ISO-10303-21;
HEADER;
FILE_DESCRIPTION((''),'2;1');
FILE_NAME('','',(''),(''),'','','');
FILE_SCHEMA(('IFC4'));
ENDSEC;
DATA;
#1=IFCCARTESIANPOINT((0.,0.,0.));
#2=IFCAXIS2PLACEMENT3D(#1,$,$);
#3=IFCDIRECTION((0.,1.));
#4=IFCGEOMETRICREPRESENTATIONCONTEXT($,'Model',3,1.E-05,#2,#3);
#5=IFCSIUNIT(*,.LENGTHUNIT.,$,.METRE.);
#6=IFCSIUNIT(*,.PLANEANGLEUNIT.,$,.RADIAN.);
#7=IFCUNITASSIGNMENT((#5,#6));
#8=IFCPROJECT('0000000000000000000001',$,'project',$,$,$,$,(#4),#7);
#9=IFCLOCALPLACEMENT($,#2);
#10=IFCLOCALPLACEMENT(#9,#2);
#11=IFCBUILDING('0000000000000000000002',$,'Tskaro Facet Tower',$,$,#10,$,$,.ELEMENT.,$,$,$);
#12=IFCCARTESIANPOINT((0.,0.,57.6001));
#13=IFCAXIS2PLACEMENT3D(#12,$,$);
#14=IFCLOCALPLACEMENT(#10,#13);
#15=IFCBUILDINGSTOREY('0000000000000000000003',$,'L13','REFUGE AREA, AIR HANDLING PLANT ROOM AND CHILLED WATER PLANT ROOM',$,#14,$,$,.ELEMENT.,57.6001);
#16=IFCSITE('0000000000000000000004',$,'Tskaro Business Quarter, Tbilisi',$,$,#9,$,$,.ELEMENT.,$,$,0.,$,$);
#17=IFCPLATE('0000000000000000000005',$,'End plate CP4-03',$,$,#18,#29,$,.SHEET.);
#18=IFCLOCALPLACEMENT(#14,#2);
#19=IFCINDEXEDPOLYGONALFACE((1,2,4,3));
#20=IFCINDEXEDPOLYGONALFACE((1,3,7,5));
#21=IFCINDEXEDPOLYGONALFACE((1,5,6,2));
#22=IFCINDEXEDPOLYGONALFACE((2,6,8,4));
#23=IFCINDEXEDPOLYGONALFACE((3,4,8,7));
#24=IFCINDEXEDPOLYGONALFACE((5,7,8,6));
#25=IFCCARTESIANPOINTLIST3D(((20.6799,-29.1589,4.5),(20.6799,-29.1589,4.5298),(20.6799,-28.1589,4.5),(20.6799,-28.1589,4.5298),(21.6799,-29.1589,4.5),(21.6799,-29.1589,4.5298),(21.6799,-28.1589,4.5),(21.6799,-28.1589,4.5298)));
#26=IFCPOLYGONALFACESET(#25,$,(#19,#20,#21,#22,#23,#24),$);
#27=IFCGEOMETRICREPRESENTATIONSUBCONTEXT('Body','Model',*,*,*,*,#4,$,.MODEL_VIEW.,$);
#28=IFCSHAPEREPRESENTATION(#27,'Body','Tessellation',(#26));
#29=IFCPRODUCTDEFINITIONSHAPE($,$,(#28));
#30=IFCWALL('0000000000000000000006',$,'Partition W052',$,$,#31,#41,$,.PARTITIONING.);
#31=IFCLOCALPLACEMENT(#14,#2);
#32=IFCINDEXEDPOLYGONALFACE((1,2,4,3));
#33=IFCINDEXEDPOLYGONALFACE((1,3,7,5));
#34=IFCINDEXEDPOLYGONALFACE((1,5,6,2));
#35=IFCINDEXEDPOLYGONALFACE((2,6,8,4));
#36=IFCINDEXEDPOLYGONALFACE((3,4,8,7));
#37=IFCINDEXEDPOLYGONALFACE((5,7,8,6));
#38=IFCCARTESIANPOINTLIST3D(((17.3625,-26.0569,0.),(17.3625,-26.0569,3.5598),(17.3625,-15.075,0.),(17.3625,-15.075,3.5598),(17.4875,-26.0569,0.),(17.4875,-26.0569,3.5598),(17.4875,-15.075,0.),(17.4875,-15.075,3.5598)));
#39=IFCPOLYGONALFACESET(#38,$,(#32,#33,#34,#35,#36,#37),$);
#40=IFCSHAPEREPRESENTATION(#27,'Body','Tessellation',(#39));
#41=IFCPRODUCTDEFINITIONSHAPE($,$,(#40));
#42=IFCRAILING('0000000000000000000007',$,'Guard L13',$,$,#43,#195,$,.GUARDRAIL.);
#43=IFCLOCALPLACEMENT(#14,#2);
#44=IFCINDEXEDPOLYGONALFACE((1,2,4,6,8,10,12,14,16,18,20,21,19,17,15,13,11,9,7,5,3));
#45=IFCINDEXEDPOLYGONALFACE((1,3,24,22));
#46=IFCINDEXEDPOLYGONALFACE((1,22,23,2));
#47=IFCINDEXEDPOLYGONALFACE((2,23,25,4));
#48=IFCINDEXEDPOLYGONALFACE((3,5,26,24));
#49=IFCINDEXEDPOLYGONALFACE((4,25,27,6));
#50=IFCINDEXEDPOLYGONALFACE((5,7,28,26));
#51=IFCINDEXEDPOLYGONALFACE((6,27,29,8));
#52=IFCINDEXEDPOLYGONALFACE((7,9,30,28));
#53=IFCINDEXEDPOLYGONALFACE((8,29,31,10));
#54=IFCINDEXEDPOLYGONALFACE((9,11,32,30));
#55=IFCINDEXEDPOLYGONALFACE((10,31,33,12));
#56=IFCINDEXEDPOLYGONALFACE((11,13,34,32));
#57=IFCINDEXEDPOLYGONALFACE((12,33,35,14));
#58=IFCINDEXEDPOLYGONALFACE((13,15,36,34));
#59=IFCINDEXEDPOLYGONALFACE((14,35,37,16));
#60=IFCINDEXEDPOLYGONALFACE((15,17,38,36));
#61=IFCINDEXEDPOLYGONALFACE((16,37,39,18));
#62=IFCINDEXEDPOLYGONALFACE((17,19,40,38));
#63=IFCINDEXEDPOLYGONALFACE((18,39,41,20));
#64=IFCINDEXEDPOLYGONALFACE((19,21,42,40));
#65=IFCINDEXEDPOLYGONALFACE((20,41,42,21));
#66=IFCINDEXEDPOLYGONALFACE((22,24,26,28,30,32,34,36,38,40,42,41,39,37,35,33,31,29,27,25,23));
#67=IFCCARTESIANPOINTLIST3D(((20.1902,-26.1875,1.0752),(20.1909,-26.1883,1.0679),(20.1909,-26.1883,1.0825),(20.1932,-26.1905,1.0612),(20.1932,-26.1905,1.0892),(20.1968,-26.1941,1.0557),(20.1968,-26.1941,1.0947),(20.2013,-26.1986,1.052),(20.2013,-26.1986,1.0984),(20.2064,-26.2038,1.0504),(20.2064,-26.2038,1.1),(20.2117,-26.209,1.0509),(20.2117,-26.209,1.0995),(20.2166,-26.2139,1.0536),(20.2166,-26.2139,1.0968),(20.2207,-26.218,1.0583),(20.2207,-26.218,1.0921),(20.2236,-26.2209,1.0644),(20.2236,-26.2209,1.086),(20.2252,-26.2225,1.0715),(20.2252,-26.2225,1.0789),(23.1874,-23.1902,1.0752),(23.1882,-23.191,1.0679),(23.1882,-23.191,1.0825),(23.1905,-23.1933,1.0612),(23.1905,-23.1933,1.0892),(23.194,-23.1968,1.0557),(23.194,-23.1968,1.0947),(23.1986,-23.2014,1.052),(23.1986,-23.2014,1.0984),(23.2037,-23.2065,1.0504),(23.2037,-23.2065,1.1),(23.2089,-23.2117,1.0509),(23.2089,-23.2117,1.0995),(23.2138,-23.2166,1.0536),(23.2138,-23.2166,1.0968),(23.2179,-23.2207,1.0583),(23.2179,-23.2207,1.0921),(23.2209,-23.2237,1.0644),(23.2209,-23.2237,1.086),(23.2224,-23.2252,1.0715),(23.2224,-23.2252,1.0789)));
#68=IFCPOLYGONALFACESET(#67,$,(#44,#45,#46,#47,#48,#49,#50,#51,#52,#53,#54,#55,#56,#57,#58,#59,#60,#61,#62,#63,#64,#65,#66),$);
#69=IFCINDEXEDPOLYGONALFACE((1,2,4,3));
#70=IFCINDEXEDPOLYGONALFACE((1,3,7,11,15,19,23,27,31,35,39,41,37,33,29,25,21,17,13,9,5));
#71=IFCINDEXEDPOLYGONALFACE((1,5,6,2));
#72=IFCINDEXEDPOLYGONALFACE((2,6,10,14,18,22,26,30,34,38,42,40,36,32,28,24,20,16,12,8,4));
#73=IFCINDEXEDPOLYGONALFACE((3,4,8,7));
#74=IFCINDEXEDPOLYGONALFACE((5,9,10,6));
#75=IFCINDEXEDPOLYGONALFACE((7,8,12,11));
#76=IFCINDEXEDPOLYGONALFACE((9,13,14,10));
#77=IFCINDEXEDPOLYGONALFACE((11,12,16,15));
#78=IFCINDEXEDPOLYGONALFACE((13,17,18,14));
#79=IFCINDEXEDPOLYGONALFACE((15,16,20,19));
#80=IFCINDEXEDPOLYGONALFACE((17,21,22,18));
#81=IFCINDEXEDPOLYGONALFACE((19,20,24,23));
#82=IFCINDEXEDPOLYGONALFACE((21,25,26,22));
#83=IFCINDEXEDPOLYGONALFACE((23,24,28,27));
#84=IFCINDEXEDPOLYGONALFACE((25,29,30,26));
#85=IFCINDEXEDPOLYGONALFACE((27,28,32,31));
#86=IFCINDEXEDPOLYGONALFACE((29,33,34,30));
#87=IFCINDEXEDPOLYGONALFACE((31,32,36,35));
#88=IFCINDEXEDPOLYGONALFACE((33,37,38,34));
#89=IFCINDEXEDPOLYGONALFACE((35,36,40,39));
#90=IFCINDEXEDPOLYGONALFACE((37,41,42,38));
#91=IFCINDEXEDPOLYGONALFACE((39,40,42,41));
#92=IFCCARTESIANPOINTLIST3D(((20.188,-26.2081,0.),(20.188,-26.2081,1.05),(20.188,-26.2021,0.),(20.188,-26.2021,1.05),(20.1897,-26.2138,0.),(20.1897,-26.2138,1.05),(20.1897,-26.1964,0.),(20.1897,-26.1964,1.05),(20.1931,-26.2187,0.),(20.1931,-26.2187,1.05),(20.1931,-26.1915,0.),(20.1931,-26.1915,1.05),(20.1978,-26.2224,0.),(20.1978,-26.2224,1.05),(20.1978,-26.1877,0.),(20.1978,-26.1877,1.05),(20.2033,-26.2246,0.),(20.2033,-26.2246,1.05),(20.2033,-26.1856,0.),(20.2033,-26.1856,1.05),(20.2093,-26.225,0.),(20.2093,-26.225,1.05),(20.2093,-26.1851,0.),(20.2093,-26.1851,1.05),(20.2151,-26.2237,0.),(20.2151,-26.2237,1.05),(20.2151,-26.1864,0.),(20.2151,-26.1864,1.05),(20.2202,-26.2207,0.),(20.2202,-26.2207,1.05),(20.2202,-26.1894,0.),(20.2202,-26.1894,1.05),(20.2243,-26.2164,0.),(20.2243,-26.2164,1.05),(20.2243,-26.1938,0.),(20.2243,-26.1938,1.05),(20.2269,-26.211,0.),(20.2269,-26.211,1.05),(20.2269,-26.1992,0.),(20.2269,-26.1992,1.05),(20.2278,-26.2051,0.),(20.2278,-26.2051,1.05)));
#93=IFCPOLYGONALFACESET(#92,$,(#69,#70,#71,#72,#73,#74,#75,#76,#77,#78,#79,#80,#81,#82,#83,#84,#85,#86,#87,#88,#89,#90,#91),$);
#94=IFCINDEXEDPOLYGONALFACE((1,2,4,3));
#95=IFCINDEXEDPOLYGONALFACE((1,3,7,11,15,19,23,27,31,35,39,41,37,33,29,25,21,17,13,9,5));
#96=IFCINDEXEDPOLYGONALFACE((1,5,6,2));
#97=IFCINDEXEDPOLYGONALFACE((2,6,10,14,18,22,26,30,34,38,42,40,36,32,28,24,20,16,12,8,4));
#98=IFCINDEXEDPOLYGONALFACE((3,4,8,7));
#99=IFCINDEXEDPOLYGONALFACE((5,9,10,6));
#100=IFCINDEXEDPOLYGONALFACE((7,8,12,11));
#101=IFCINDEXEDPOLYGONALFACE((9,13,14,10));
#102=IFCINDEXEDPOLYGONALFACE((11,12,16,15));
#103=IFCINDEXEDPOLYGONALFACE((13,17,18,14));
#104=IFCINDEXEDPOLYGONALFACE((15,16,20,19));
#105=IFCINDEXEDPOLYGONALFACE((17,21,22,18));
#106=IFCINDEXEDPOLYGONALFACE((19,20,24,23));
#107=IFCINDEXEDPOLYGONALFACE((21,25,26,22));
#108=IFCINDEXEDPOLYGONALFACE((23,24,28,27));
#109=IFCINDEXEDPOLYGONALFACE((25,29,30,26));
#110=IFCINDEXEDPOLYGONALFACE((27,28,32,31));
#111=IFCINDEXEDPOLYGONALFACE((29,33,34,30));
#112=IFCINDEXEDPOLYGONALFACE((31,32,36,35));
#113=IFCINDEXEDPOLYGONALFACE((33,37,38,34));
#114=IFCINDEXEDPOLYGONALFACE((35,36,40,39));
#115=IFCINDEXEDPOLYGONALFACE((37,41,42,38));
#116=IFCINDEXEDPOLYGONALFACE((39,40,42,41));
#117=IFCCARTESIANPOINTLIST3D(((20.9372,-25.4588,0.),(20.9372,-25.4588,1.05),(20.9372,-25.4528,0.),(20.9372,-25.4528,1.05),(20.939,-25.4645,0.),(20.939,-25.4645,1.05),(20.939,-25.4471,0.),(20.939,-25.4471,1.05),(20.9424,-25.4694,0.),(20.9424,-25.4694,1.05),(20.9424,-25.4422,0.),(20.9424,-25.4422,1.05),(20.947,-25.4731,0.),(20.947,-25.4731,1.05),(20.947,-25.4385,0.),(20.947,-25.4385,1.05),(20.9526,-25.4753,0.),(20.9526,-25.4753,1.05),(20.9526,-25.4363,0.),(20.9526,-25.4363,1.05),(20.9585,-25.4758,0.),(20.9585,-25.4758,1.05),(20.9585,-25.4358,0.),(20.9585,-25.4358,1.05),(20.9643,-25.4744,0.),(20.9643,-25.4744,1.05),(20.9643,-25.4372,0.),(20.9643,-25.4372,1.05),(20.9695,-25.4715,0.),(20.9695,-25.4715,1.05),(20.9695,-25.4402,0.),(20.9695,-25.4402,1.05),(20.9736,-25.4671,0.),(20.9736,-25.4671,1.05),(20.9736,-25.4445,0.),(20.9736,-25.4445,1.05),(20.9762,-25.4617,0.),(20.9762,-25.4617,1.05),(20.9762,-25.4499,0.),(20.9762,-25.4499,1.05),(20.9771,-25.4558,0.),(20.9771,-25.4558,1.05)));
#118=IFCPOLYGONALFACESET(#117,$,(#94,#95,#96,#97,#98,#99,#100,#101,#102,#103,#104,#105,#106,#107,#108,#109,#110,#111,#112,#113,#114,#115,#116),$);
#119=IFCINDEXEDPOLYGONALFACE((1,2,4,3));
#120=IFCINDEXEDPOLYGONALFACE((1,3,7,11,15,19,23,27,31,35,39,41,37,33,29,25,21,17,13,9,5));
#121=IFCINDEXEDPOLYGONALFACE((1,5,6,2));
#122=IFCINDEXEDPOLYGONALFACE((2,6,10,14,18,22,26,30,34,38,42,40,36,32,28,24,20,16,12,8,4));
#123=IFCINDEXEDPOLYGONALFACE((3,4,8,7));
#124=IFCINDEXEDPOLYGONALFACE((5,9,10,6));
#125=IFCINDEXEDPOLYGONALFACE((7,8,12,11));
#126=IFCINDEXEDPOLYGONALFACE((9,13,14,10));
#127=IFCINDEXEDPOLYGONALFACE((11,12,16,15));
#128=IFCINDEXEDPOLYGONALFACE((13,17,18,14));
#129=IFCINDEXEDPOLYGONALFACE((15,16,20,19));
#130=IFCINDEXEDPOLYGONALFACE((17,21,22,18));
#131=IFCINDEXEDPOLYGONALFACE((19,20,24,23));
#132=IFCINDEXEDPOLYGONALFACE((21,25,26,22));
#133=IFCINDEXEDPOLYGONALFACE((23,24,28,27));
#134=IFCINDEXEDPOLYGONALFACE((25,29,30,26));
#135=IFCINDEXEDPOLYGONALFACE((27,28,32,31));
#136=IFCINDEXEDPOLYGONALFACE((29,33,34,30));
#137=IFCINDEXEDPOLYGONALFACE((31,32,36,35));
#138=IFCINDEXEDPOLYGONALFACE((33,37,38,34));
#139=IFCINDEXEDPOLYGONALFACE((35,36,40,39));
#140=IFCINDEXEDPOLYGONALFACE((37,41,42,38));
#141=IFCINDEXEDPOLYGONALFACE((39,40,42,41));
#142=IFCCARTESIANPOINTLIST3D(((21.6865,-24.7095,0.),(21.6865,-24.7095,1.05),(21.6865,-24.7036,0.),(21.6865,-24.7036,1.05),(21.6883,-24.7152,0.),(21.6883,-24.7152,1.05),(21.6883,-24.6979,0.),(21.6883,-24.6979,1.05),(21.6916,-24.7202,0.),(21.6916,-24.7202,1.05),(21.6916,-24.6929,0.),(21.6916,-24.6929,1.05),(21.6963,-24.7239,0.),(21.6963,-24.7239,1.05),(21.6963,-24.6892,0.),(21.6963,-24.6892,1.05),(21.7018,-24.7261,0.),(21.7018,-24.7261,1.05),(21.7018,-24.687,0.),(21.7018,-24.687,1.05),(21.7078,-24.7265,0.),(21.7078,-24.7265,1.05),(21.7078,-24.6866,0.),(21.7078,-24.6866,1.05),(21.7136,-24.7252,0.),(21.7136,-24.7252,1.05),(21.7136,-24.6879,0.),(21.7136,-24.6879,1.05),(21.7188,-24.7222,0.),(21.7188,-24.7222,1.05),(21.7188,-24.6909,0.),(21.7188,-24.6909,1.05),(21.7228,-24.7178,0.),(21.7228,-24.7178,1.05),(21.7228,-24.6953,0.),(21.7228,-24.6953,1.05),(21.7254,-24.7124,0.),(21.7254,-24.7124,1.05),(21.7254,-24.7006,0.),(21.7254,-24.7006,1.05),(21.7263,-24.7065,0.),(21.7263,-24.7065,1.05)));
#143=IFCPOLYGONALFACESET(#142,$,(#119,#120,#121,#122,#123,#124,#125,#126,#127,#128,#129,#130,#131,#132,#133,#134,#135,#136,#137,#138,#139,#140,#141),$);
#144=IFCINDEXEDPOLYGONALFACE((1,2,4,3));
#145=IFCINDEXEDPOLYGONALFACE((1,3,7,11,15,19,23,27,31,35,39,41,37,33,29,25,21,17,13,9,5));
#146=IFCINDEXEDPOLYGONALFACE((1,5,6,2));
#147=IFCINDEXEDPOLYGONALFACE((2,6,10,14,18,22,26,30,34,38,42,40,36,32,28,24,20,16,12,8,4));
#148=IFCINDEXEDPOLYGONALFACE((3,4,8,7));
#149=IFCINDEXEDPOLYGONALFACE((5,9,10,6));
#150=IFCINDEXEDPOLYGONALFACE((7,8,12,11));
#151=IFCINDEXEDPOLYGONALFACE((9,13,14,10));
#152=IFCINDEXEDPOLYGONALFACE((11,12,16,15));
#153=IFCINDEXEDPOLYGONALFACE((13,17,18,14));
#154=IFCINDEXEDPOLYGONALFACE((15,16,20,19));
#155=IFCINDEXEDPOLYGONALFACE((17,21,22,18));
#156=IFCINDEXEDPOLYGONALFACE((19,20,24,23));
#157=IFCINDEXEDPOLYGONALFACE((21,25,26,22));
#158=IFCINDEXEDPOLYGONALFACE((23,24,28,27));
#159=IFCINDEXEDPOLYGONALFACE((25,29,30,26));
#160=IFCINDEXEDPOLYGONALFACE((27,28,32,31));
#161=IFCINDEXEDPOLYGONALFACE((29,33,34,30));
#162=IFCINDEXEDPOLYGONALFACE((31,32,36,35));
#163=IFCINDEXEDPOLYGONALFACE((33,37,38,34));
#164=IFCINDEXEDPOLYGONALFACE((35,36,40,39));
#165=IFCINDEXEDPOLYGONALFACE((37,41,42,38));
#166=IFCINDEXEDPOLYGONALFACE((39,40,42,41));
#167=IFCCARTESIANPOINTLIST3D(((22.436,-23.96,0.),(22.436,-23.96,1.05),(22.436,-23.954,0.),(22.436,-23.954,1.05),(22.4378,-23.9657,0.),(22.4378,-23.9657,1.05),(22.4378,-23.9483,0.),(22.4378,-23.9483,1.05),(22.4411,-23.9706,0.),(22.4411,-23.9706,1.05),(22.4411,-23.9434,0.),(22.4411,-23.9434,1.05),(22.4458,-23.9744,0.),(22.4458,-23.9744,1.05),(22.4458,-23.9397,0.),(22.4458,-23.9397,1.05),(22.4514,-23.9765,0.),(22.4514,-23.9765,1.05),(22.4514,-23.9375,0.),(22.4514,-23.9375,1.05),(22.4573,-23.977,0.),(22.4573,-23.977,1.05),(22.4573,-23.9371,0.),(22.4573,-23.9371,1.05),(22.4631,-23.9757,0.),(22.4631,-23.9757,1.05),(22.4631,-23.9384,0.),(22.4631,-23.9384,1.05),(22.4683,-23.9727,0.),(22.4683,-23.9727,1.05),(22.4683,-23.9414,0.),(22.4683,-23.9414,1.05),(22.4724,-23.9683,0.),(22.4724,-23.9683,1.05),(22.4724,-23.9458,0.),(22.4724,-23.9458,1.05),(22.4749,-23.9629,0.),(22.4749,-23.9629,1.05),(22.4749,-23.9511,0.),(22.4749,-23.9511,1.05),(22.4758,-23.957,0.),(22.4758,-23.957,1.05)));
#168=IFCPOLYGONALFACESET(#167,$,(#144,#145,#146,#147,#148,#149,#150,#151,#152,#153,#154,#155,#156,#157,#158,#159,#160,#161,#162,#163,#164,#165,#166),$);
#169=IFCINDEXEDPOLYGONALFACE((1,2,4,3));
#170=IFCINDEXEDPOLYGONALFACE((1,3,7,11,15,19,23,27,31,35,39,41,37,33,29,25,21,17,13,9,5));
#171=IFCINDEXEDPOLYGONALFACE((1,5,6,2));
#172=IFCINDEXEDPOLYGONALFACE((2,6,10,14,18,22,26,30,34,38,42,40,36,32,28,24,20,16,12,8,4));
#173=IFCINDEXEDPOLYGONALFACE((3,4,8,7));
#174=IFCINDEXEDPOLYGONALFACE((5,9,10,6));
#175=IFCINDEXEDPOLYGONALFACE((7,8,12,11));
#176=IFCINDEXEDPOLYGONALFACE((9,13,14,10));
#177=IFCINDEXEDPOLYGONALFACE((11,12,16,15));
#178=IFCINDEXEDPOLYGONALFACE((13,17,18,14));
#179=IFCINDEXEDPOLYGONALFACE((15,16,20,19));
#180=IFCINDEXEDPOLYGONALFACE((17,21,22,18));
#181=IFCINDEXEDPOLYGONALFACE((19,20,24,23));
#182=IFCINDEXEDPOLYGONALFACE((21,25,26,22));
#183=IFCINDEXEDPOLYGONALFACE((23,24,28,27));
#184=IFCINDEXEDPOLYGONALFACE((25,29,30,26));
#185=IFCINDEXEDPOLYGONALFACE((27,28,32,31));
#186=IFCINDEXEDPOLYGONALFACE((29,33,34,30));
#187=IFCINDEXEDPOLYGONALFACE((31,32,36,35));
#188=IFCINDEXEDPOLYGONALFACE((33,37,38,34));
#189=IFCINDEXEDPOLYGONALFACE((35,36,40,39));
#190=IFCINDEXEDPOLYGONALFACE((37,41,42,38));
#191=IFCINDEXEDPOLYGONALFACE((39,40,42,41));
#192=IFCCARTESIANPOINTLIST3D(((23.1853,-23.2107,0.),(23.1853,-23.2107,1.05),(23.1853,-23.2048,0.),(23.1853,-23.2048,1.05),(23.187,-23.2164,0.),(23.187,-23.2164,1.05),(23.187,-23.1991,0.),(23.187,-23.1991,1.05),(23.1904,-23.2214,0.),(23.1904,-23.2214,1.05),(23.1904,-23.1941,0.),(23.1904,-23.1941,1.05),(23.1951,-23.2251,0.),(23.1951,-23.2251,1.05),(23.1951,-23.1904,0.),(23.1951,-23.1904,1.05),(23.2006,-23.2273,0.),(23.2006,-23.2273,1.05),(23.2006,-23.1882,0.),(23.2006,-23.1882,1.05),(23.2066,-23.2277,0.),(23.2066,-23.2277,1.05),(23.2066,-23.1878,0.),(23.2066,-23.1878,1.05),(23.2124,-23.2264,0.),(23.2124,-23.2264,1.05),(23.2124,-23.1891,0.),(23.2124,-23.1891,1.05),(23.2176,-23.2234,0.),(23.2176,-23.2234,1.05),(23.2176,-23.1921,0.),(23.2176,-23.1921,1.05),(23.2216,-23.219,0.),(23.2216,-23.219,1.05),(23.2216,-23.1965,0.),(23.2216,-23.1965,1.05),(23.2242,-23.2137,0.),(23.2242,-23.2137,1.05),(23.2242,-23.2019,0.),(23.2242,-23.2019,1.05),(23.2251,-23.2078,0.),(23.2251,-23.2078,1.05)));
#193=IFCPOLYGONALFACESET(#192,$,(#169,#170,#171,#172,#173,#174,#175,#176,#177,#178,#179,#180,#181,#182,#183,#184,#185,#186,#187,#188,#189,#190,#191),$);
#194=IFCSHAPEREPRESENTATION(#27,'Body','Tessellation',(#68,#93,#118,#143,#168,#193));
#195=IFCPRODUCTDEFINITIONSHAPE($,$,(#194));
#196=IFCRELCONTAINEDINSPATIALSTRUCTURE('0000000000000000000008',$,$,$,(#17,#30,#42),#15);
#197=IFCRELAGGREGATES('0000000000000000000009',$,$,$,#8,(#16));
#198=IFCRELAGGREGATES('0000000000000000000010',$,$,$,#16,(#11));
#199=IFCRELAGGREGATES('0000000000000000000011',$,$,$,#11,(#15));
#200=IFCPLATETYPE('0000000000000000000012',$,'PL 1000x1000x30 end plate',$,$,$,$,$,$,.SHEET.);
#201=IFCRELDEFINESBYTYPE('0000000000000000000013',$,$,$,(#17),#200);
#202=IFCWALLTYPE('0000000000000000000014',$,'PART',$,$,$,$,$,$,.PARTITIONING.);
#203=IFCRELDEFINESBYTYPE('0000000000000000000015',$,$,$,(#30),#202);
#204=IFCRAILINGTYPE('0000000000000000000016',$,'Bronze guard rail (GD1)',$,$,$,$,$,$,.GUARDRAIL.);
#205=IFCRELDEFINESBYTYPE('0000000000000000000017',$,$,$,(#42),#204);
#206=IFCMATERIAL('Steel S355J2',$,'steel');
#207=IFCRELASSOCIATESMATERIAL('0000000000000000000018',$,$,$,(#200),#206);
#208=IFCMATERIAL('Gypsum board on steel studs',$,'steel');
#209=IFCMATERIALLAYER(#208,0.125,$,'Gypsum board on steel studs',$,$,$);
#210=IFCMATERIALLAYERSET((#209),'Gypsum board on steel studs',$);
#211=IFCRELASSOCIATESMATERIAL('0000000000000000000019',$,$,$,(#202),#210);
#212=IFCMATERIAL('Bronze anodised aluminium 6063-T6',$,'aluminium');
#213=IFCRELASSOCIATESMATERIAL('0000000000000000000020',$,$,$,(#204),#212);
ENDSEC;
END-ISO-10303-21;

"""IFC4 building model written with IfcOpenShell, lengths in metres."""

from ifc_helpers import new_model, si_unit, direction, frame, frame_2d, origin, origin_2d, place, context, subcontext, project, spatial, rectangle, circle, extrude, material, layer, layer_set, material_profile, profile_set, type_object, element, save


model = new_model("IFC4")

# Units and contexts
model_context = context("Model", 3, precision=1e-05, world=origin(), true_north=direction((0.0, 1.0)))
body_context = subcontext(model_context, "Body", "Model", "MODEL_VIEW")
ifc_project = project(units=[si_unit("LENGTHUNIT", "METRE"), si_unit("PLANEANGLEUNIT", "RADIAN")], contexts=[model_context])

# Site, building, storey
site_placement = place(None, origin())
site = spatial("IfcSite", under=ifc_project, at=site_placement, Name="Tskaro Business Quarter, Tbilisi", CompositionType="ELEMENT", RefElevation=0.0)
building_placement = place(site_placement, origin())
building = spatial("IfcBuilding", under=site, at=building_placement, Name="Tskaro Facet Tower", CompositionType="ELEMENT")
storey_placement = place(building_placement, frame((0.0, 0.0, 57.6001)))
storey = spatial("IfcBuildingStorey", under=building, at=storey_placement, Name="L13", Description="REFUGE AREA, AIR HANDLING PLANT ROOM AND CHILLED WATER PLANT ROOM", CompositionType="ELEMENT", Elevation=57.6001)

# Shared definitions
ifc_material_1 = material(Name="Steel S355J2", Category="steel")

# Plate
ifc_material_profile_1 = material_profile(ifc_material_1, rectangle(XDim=1.0, YDim=1.0, at=origin_2d()), Name="PL 1000x1000x30 end plate")
ifc_profile_set_1 = profile_set([ifc_material_profile_1], Name="Steel S355J2")
plate_type = type_object("IfcPlateType", Name="PL 1000x1000x30 end plate", PredefinedType="SHEET", material=ifc_profile_set_1)
plate_placement = place(storey_placement, frame((21.1799, -28.6589, 4.5), z_axis=(0.0, 0.0, 1.0), x_axis=(1.0, 0.0, 0.0)))
element("IfcPlate", 1, at=plate_placement, inside=storey, type_object=plate_type, Name="End plate CP4-03", PredefinedType="SHEET", context=body_context, shape_type="SweptSolid", body=[
    extrude(rectangle(XDim=1.0, YDim=1.0, at=origin_2d()), origin(), (0.0, 0.0, 1.0), 0.0298),
])

# Wall
ifc_material_2 = material(Name="Gypsum board on steel studs", Category="steel")
ifc_layer = layer(ifc_material_2, 0.125, Name="Gypsum board on steel studs")
ifc_layer_set = layer_set([ifc_layer], Name="Gypsum board on steel studs")
wall_type = type_object("IfcWallType", Name="PART", PredefinedType="PARTITIONING", material=ifc_layer_set)
wall_placement = place(storey_placement, frame((17.425, -26.0569, 0.0), z_axis=(0.0, 0.0, 1.0), x_axis=(0.0, 1.0, 0.0)))
element("IfcWall", 2, at=wall_placement, inside=storey, type_object=wall_type, Name="Partition W052", PredefinedType="PARTITIONING", context=body_context, shape_type="SweptSolid", body=[
    extrude(rectangle(XDim=10.9819, YDim=0.125, at=frame_2d((5.491, 0.0))), origin(), (0.0, 0.0, 1.0), 3.5598),
])

# Railing
ifc_material_3 = material(Name="Bronze anodised aluminium 6063-T6", Category="aluminium")
railing_type = type_object("IfcRailingType", Name="Bronze guard rail (GD1)", PredefinedType="GUARDRAIL", material=ifc_material_3)
railing_placement = place(storey_placement, frame((20.2078, -26.2051, 0.0)))
element("IfcRailing", 3, at=railing_placement, inside=storey, type_object=railing_type, Name="Guard L13", PredefinedType="GUARDRAIL", context=body_context, shape_type="SweptSolid", body=[
    extrude(circle(Radius=0.0249, at=origin_2d()), frame((0.0, 0.0, 1.0752), z_axis=(0.707107, 0.707107, 0.0), x_axis=(-0.707107, 0.707107, 0.0)), (0.0, 0.0, 1.0), 4.2388),
    extrude(circle(Radius=0.02, at=origin_2d()), origin(), (0.0, 0.0, 1.0), 1.05),
    extrude(circle(Radius=0.02, at=origin_2d()), frame((0.7493, 0.7493, 0.0)), (0.0, 0.0, 1.0), 1.05),
    extrude(circle(Radius=0.02, at=origin_2d()), frame((1.4985, 1.4985, 0.0)), (0.0, 0.0, 1.0), 1.05),
    extrude(circle(Radius=0.02, at=origin_2d()), frame((2.248, 2.248, 0.0)), (0.0, 0.0, 1.0), 1.05),
    extrude(circle(Radius=0.02, at=origin_2d()), frame((2.9973, 2.9973, 0.0)), (0.0, 0.0, 1.0), 1.05),
])

save(model, "model.ifc")
